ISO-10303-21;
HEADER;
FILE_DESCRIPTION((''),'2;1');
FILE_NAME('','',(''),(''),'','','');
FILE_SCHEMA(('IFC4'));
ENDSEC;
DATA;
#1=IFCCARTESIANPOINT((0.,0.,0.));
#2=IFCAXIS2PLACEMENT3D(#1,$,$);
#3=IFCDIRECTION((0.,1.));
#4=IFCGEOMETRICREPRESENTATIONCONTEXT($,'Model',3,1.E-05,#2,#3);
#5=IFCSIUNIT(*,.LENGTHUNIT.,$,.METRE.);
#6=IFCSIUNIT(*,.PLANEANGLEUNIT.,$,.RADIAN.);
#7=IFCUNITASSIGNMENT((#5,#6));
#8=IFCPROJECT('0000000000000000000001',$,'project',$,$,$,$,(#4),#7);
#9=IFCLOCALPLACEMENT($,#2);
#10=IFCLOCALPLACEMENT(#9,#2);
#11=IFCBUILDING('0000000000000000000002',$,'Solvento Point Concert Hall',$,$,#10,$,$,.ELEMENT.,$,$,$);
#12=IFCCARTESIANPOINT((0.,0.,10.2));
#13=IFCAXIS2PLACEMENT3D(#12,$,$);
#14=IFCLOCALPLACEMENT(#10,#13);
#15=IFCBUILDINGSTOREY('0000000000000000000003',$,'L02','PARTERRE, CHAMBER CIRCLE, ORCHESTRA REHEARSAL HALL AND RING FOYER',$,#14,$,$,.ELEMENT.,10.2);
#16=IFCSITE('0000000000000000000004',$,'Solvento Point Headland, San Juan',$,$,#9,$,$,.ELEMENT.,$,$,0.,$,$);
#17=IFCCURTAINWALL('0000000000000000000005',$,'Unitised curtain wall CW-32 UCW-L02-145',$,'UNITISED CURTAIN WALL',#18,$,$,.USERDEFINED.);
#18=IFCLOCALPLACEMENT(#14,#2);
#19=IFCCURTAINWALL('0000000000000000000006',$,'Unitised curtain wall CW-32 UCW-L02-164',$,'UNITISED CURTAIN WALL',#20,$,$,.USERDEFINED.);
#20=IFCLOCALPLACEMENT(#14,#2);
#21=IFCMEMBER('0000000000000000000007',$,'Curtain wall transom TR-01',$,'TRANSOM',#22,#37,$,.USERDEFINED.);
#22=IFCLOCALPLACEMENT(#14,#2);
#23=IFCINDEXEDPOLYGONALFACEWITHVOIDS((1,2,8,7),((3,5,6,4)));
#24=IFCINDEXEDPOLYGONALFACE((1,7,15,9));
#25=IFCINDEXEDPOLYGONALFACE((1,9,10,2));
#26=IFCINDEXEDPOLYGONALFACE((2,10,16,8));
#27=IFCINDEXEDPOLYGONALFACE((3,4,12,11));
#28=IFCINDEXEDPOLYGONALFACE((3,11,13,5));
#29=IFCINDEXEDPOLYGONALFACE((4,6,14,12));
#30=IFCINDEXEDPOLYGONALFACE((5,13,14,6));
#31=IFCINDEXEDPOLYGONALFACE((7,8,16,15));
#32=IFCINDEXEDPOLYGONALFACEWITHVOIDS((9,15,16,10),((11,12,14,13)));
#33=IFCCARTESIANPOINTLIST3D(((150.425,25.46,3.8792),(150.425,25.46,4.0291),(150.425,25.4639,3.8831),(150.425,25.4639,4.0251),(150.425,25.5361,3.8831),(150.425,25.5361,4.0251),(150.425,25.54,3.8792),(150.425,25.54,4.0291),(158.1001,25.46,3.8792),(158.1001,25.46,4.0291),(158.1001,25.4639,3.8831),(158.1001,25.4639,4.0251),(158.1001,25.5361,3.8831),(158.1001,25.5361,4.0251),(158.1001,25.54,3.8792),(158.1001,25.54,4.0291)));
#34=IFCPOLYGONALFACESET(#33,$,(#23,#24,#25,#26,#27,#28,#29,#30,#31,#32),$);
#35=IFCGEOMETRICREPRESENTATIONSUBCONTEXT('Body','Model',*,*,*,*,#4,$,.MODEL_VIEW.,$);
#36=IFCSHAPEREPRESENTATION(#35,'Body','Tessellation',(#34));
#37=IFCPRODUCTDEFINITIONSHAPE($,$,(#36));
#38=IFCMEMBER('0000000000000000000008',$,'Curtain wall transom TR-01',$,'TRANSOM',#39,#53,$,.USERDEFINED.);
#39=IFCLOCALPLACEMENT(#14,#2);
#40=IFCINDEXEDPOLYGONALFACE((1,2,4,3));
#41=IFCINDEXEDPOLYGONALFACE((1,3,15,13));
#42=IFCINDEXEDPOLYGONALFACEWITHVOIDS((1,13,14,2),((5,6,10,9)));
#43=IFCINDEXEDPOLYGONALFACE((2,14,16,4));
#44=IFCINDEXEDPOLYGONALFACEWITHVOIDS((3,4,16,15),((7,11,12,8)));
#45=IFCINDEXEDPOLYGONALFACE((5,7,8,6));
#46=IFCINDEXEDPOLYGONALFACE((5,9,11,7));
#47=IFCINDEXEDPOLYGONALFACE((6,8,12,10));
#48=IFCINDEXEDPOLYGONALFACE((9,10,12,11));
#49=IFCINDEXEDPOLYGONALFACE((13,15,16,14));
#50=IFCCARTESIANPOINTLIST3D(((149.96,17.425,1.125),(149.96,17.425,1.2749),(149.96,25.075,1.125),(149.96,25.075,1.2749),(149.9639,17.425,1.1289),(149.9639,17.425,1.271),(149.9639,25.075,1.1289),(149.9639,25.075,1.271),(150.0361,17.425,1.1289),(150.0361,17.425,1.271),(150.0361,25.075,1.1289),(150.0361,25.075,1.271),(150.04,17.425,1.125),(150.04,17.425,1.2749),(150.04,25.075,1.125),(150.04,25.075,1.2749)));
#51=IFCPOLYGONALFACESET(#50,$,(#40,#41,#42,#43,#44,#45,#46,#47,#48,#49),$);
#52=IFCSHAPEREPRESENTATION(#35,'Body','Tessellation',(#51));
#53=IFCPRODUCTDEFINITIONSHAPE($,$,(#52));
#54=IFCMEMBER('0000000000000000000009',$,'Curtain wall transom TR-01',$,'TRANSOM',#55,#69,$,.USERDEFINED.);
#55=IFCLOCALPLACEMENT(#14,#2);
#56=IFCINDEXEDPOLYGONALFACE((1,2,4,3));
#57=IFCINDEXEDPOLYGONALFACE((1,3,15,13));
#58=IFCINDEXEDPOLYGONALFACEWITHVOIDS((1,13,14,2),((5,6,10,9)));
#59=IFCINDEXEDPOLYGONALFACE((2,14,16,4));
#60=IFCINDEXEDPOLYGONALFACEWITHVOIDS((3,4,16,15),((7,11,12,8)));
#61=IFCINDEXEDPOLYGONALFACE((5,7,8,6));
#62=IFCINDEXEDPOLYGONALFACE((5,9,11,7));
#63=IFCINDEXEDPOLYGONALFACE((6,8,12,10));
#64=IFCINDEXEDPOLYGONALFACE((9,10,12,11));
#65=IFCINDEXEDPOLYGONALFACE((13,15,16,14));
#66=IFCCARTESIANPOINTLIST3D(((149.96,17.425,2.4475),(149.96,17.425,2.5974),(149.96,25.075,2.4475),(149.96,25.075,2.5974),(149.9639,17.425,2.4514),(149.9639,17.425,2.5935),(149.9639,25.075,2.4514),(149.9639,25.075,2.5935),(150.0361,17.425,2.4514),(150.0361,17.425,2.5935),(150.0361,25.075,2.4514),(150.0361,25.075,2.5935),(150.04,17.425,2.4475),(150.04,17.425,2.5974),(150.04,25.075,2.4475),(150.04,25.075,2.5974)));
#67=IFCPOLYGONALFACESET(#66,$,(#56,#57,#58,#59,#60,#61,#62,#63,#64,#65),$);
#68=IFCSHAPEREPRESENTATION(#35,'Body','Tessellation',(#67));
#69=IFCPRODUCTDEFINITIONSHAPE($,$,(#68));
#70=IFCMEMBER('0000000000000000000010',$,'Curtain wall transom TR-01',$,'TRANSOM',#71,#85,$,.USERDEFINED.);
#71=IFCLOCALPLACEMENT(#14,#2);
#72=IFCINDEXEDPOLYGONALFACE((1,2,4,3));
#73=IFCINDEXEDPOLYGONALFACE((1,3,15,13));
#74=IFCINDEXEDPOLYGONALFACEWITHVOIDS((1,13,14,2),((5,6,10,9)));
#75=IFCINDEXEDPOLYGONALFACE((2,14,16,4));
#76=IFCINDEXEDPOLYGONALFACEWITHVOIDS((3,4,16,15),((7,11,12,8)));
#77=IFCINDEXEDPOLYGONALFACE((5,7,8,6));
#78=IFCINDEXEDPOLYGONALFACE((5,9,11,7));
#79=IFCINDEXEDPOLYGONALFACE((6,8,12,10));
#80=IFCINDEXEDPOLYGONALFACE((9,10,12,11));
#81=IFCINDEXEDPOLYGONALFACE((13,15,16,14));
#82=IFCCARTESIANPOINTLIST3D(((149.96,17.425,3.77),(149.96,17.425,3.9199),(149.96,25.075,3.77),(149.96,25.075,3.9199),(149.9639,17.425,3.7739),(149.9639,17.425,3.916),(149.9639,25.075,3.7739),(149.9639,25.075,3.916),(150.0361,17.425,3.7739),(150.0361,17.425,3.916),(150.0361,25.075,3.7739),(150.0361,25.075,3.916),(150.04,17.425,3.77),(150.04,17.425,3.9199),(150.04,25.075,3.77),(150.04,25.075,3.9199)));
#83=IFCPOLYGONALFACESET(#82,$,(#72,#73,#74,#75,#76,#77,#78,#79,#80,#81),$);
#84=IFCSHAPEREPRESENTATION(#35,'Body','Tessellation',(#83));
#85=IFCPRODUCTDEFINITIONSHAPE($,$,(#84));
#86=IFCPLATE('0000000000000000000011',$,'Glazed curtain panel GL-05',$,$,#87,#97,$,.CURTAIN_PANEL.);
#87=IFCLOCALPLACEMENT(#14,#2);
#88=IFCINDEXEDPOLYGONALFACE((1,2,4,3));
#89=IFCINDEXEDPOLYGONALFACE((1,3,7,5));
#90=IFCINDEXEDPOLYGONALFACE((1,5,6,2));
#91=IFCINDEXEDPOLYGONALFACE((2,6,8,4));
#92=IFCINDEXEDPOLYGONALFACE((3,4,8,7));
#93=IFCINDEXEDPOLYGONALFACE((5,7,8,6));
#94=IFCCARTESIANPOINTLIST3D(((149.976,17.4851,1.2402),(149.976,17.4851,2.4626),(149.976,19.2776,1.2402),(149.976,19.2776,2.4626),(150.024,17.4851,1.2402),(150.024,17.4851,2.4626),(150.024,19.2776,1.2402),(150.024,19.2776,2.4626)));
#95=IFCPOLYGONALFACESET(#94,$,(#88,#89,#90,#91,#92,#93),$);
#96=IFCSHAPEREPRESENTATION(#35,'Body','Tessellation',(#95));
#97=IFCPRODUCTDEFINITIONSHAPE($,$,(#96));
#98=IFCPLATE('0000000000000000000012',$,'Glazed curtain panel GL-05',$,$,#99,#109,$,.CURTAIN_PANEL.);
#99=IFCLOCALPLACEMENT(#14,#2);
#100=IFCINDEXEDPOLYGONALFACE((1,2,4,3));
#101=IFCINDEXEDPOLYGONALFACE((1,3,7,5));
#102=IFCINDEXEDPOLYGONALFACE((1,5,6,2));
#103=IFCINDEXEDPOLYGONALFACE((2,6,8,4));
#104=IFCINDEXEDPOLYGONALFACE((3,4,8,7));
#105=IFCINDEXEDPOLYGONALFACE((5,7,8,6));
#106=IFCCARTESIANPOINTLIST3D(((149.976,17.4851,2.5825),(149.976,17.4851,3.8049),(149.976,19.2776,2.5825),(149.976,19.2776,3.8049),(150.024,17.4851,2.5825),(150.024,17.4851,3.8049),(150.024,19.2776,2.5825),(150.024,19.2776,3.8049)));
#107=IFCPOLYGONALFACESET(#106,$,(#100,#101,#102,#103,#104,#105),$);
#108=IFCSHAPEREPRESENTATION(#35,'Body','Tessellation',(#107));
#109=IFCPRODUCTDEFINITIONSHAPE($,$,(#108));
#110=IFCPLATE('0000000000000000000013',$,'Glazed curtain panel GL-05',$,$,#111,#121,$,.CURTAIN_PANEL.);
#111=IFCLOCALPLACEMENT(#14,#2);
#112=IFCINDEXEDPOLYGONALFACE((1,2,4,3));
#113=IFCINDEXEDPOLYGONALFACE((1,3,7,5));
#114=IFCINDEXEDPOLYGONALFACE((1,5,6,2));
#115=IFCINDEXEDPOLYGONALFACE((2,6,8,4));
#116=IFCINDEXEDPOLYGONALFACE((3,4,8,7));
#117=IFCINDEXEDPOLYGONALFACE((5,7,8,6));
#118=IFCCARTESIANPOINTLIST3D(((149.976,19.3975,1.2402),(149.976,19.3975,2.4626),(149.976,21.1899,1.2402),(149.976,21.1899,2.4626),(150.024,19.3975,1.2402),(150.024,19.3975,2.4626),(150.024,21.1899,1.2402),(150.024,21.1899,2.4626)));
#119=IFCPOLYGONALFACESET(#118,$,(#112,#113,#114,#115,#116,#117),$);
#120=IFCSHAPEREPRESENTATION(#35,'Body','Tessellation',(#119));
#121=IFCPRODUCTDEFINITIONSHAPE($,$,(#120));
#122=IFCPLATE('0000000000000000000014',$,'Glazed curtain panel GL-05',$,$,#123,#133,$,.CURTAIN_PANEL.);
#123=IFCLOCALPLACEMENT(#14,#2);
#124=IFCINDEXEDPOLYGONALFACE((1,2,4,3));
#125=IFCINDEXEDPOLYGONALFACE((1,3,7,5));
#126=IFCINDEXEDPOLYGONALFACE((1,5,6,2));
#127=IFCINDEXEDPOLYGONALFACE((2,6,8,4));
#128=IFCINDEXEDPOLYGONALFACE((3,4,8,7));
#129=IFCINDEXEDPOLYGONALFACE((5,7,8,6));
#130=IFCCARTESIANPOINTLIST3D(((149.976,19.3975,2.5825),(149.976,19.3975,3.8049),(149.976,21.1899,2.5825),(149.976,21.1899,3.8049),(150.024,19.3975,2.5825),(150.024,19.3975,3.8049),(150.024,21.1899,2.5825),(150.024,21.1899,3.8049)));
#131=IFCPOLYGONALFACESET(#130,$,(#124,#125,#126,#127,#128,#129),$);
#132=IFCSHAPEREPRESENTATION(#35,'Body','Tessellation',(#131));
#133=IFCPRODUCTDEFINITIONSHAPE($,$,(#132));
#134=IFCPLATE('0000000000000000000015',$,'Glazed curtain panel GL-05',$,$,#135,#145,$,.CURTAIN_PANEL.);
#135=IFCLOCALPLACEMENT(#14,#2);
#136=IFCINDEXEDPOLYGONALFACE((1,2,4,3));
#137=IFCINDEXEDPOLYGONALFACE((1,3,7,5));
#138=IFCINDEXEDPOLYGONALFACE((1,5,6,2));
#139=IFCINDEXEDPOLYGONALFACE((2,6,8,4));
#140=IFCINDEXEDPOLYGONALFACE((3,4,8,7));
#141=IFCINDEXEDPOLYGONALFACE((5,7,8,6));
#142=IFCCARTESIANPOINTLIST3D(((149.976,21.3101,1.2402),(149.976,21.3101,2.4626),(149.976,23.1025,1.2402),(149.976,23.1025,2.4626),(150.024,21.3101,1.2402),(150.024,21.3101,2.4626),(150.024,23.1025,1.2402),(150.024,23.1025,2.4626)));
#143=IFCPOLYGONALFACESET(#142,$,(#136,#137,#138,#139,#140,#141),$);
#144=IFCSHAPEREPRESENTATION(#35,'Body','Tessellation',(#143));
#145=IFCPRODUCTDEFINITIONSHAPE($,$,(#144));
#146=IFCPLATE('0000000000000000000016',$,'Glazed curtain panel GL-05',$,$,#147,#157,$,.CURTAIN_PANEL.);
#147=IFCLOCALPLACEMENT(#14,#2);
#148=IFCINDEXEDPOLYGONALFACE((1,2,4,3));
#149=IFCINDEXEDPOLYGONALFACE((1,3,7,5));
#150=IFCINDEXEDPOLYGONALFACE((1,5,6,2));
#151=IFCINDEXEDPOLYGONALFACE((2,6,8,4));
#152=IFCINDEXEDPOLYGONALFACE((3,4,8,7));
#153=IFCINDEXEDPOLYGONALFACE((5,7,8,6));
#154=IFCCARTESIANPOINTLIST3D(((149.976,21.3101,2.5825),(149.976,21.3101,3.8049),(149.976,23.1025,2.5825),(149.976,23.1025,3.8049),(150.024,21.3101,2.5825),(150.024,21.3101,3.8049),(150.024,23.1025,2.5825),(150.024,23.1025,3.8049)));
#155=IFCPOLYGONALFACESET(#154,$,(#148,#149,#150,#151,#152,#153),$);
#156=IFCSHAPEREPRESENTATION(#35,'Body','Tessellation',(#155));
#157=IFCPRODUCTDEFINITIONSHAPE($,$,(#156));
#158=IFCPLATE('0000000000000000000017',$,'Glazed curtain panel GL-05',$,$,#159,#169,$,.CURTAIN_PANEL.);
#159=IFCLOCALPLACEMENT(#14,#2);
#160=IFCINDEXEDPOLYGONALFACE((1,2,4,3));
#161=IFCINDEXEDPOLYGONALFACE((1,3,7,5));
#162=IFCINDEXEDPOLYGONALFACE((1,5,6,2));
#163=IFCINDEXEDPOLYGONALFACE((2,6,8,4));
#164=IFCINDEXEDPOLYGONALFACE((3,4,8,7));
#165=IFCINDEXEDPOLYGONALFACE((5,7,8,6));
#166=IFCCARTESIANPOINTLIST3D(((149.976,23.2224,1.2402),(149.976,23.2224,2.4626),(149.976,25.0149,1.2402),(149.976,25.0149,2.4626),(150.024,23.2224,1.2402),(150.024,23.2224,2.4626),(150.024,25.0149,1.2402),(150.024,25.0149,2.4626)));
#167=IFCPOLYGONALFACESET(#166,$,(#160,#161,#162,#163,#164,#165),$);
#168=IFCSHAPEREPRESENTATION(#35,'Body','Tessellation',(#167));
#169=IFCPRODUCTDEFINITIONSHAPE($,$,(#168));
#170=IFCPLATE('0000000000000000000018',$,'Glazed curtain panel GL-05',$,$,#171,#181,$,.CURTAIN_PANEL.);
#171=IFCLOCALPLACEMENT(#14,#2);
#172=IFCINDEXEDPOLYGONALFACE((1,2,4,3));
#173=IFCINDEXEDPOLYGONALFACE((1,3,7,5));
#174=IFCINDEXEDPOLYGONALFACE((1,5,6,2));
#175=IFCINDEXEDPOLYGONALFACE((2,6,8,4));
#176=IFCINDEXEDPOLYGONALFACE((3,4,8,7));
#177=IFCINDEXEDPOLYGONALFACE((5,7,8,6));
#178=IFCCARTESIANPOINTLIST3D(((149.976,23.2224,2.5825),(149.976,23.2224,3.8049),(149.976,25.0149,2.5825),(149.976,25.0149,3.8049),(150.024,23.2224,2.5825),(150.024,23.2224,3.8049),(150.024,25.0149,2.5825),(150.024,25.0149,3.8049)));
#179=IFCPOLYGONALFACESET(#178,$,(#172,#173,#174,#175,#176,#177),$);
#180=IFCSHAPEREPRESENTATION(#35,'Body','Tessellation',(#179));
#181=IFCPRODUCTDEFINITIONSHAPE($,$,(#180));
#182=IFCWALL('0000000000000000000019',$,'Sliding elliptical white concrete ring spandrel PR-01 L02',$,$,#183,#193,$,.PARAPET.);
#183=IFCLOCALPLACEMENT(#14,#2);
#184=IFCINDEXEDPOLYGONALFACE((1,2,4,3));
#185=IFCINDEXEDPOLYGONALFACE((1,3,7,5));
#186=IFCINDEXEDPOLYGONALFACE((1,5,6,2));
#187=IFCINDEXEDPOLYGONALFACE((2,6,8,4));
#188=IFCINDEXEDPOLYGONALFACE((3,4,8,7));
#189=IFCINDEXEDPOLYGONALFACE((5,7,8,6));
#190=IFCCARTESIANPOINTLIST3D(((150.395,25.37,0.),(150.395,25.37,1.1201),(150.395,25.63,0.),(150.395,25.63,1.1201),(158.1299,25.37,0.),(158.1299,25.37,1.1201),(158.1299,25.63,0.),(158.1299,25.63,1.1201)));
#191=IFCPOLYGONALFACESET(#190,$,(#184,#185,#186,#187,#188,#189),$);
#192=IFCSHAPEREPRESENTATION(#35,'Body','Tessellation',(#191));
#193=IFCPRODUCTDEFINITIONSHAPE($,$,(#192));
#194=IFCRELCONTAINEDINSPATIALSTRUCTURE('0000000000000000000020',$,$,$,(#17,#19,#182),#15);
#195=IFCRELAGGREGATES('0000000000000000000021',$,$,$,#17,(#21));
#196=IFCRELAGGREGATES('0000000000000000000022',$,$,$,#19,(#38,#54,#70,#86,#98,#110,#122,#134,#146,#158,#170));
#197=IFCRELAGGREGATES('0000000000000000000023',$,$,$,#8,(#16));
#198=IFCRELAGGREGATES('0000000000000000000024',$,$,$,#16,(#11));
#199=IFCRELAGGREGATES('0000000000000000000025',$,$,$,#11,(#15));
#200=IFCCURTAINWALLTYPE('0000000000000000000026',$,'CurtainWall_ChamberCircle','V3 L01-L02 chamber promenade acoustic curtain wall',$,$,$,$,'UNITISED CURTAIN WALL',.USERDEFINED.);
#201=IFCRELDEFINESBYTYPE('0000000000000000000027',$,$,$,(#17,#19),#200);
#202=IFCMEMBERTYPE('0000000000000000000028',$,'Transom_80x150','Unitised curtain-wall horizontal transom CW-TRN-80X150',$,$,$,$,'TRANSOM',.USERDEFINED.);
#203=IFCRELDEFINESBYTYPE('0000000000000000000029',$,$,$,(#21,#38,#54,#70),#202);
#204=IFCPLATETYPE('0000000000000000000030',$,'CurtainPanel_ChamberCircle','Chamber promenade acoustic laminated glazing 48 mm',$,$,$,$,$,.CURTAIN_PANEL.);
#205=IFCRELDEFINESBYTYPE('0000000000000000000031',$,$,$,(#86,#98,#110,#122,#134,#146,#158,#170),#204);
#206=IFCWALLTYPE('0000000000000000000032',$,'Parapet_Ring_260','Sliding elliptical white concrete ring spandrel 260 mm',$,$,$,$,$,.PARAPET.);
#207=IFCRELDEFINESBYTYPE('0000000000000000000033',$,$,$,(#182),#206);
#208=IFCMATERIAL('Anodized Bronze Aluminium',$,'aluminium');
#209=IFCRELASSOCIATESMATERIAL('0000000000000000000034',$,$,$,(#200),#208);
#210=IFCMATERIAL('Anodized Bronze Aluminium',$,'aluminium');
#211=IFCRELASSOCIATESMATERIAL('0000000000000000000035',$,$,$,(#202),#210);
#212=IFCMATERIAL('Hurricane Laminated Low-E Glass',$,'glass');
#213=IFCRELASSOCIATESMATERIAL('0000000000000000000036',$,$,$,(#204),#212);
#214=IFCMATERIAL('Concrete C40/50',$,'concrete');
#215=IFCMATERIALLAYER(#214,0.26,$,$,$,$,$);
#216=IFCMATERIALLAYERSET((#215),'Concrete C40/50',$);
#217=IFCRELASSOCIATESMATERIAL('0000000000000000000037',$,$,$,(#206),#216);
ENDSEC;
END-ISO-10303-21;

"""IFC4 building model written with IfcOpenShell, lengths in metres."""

from ifc_helpers import new_model, si_unit, direction, frame, frame_2d, origin, origin_2d, place, context, subcontext, project, spatial, rectangle, hollow_rectangle, extrude, material, layer, layer_set, material_profile, profile_set, type_object, element, aggregate, save


model = new_model("IFC4")

# Units and contexts
model_context = context("Model", 3, precision=1e-05, world=origin(), true_north=direction((0.0, 1.0)))
body_context = subcontext(model_context, "Body", "Model", "MODEL_VIEW")
ifc_project = project(units=[si_unit("LENGTHUNIT", "METRE"), si_unit("PLANEANGLEUNIT", "RADIAN")], contexts=[model_context])

# Site, building, storey
site_placement = place(None, origin())
site = spatial("IfcSite", under=ifc_project, at=site_placement, Name="Solvento Point Headland, San Juan", CompositionType="ELEMENT", RefElevation=0.0)
building_placement = place(site_placement, origin())
building = spatial("IfcBuilding", under=site, at=building_placement, Name="Solvento Point Concert Hall", CompositionType="ELEMENT")
storey_placement = place(building_placement, frame((0.0, 0.0, 10.2)))
storey = spatial("IfcBuildingStorey", under=building, at=storey_placement, Name="L02", Description="PARTERRE, CHAMBER CIRCLE, ORCHESTRA REHEARSAL HALL AND RING FOYER", CompositionType="ELEMENT", Elevation=10.2)

# Curtain wall
ifc_material_1 = material(Name="Anodized Bronze Aluminium", Category="aluminium")
curtain_wall_type = type_object("IfcCurtainWallType", Name="CurtainWall_ChamberCircle", Description="V3 L01-L02 chamber promenade acoustic curtain wall", ElementType="UNITISED CURTAIN WALL", PredefinedType="USERDEFINED", material=ifc_material_1)
curtain_wall_1_placement = place(storey_placement, origin())
curtain_wall_1 = element("IfcCurtainWall", 1, at=curtain_wall_1_placement, inside=storey, type_object=curtain_wall_type, Name="Unitised curtain wall CW-32 UCW-L02-145", ObjectType="UNITISED CURTAIN WALL", PredefinedType="USERDEFINED")

# Curtain wall
curtain_wall_2_placement = place(storey_placement, origin())
curtain_wall_2 = element("IfcCurtainWall", 2, at=curtain_wall_2_placement, inside=storey, type_object=curtain_wall_type, Name="Unitised curtain wall CW-32 UCW-L02-164", ObjectType="UNITISED CURTAIN WALL", PredefinedType="USERDEFINED")

# Members
ifc_material_2 = material(Name="Anodized Bronze Aluminium", Category="aluminium")
ifc_material_profile_1 = material_profile(ifc_material_2, hollow_rectangle(XDim=0.0801, YDim=0.1499, WallThickness=0.0039, at=origin_2d()), Name="CW-TRN-80X150")
ifc_profile_set_1 = profile_set([ifc_material_profile_1], Name="Anodized Bronze Aluminium")
member_type_1 = type_object("IfcMemberType", Name="Transom_80x150", Description="Unitised curtain-wall horizontal transom CW-TRN-80X150", ElementType="TRANSOM", PredefinedType="USERDEFINED", material=ifc_profile_set_1)
member_1_placement = place(storey_placement, frame((150.425, 25.5, 3.9541), z_axis=(1.0, 0.0, 0.0), x_axis=(0.0, 1.0, 0.0)))
member_1 = element("IfcMember", 3, at=member_1_placement, type_object=member_type_1, Name="Curtain wall transom TR-01", ObjectType="TRANSOM", PredefinedType="USERDEFINED", context=body_context, shape_type="SweptSolid", body=[
    extrude(hollow_rectangle(XDim=0.0801, YDim=0.1499, WallThickness=0.0039, at=origin_2d()), origin(), (0.0, 0.0, 1.0), 7.675),
])
aggregate(curtain_wall_1, [member_1])
member_2_placement = place(storey_placement, frame((150.0, 17.425, 1.2), z_axis=(0.0, 1.0, 0.0), x_axis=(-1.0, 0.0, 0.0)))
member_2 = element("IfcMember", 4, at=member_2_placement, type_object=member_type_1, Name="Curtain wall transom TR-01", ObjectType="TRANSOM", PredefinedType="USERDEFINED", context=body_context, shape_type="SweptSolid", body=[
    extrude(hollow_rectangle(XDim=0.0801, YDim=0.1499, WallThickness=0.0039, at=origin_2d()), origin(), (0.0, 0.0, 1.0), 7.6499),
])
member_3_placement = place(storey_placement, frame((150.0, 17.425, 2.5225), z_axis=(0.0, 1.0, 0.0), x_axis=(-1.0, 0.0, 0.0)))
member_3 = element("IfcMember", 5, at=member_3_placement, type_object=member_type_1, Name="Curtain wall transom TR-01", ObjectType="TRANSOM", PredefinedType="USERDEFINED", context=body_context, shape_type="SweptSolid", body=[
    extrude(hollow_rectangle(XDim=0.0801, YDim=0.1499, WallThickness=0.0039, at=origin_2d()), origin(), (0.0, 0.0, 1.0), 7.6499),
])
member_4_placement = place(storey_placement, frame((150.0, 17.425, 3.845), z_axis=(0.0, 1.0, 0.0), x_axis=(-1.0, 0.0, 0.0)))
member_4 = element("IfcMember", 6, at=member_4_placement, type_object=member_type_1, Name="Curtain wall transom TR-01", ObjectType="TRANSOM", PredefinedType="USERDEFINED", context=body_context, shape_type="SweptSolid", body=[
    extrude(hollow_rectangle(XDim=0.0801, YDim=0.1499, WallThickness=0.0039, at=origin_2d()), origin(), (0.0, 0.0, 1.0), 7.6499),
])

# Plates
ifc_material_3 = material(Name="Hurricane Laminated Low-E Glass", Category="glass")
plate_type = type_object("IfcPlateType", Name="CurtainPanel_ChamberCircle", Description="Chamber promenade acoustic laminated glazing 48 mm", PredefinedType="CURTAIN_PANEL", material=ifc_material_3)
plate_1_placement = place(storey_placement, frame((150.0, 18.3813, 1.2402), z_axis=(0.0, 0.0, 1.0), x_axis=(0.0, 1.0, 0.0)))
plate_1 = element("IfcPlate", 7, at=plate_1_placement, type_object=plate_type, Name="Glazed curtain panel GL-05", PredefinedType="CURTAIN_PANEL", context=body_context, shape_type="SweptSolid", body=[
    extrude(rectangle(XDim=1.7925, YDim=0.0481, at=origin_2d()), origin(), (0.0, 0.0, 1.0), 1.2224),
])
plate_2_placement = place(storey_placement, frame((150.0, 18.3813, 2.5825), z_axis=(0.0, 0.0, 1.0), x_axis=(0.0, 1.0, 0.0)))
plate_2 = element("IfcPlate", 8, at=plate_2_placement, type_object=plate_type, Name="Glazed curtain panel GL-05", PredefinedType="CURTAIN_PANEL", context=body_context, shape_type="SweptSolid", body=[
    extrude(rectangle(XDim=1.7925, YDim=0.0481, at=origin_2d()), origin(), (0.0, 0.0, 1.0), 1.2224),
])
plate_3_placement = place(storey_placement, frame((150.0, 20.2937, 1.2402), z_axis=(0.0, 0.0, 1.0), x_axis=(0.0, 1.0, 0.0)))
plate_3 = element("IfcPlate", 9, at=plate_3_placement, type_object=plate_type, Name="Glazed curtain panel GL-05", PredefinedType="CURTAIN_PANEL", context=body_context, shape_type="SweptSolid", body=[
    extrude(rectangle(XDim=1.7925, YDim=0.0481, at=origin_2d()), origin(), (0.0, 0.0, 1.0), 1.2224),
])
plate_4_placement = place(storey_placement, frame((150.0, 20.2937, 2.5825), z_axis=(0.0, 0.0, 1.0), x_axis=(0.0, 1.0, 0.0)))
plate_4 = element("IfcPlate", 10, at=plate_4_placement, type_object=plate_type, Name="Glazed curtain panel GL-05", PredefinedType="CURTAIN_PANEL", context=body_context, shape_type="SweptSolid", body=[
    extrude(rectangle(XDim=1.7925, YDim=0.0481, at=origin_2d()), origin(), (0.0, 0.0, 1.0), 1.2224),
])
plate_5_placement = place(storey_placement, frame((150.0, 22.2063, 1.2402), z_axis=(0.0, 0.0, 1.0), x_axis=(0.0, 1.0, 0.0)))
plate_5 = element("IfcPlate", 11, at=plate_5_placement, type_object=plate_type, Name="Glazed curtain panel GL-05", PredefinedType="CURTAIN_PANEL", context=body_context, shape_type="SweptSolid", body=[
    extrude(rectangle(XDim=1.7925, YDim=0.0481, at=origin_2d()), origin(), (0.0, 0.0, 1.0), 1.2224),
])
plate_6_placement = place(storey_placement, frame((150.0, 22.2063, 2.5825), z_axis=(0.0, 0.0, 1.0), x_axis=(0.0, 1.0, 0.0)))
plate_6 = element("IfcPlate", 12, at=plate_6_placement, type_object=plate_type, Name="Glazed curtain panel GL-05", PredefinedType="CURTAIN_PANEL", context=body_context, shape_type="SweptSolid", body=[
    extrude(rectangle(XDim=1.7925, YDim=0.0481, at=origin_2d()), origin(), (0.0, 0.0, 1.0), 1.2224),
])
plate_7_placement = place(storey_placement, frame((150.0, 24.1187, 1.2402), z_axis=(0.0, 0.0, 1.0), x_axis=(0.0, 1.0, 0.0)))
plate_7 = element("IfcPlate", 13, at=plate_7_placement, type_object=plate_type, Name="Glazed curtain panel GL-05", PredefinedType="CURTAIN_PANEL", context=body_context, shape_type="SweptSolid", body=[
    extrude(rectangle(XDim=1.7925, YDim=0.0481, at=origin_2d()), origin(), (0.0, 0.0, 1.0), 1.2224),
])
plate_8_placement = place(storey_placement, frame((150.0, 24.1187, 2.5825), z_axis=(0.0, 0.0, 1.0), x_axis=(0.0, 1.0, 0.0)))
plate_8 = element("IfcPlate", 14, at=plate_8_placement, type_object=plate_type, Name="Glazed curtain panel GL-05", PredefinedType="CURTAIN_PANEL", context=body_context, shape_type="SweptSolid", body=[
    extrude(rectangle(XDim=1.7925, YDim=0.0481, at=origin_2d()), origin(), (0.0, 0.0, 1.0), 1.2224),
])
aggregate(curtain_wall_2, [member_2, member_3, member_4, plate_1, plate_2, plate_3, plate_4, plate_5, plate_6, plate_7, plate_8])

# Wall
ifc_material_4 = material(Name="Concrete C40/50", Category="concrete")
ifc_layer = layer(ifc_material_4, 0.26)
ifc_layer_set = layer_set([ifc_layer], Name="Concrete C40/50")
wall_type = type_object("IfcWallType", Name="Parapet_Ring_260", Description="Sliding elliptical white concrete ring spandrel 260 mm", PredefinedType="PARAPET", material=ifc_layer_set)
wall_placement = place(storey_placement, frame((150.395, 25.5, 0.0), z_axis=(0.0, 0.0, 1.0), x_axis=(1.0, 0.0, 0.0)))
element("IfcWall", 15, at=wall_placement, inside=storey, type_object=wall_type, Name="Sliding elliptical white concrete ring spandrel PR-01 L02", PredefinedType="PARAPET", context=body_context, shape_type="SweptSolid", body=[
    extrude(rectangle(XDim=7.7349, YDim=0.26, at=frame_2d((3.8674, 0.0))), origin(), (0.0, 0.0, 1.0), 1.1201),
])

save(model, "model.ifc")
